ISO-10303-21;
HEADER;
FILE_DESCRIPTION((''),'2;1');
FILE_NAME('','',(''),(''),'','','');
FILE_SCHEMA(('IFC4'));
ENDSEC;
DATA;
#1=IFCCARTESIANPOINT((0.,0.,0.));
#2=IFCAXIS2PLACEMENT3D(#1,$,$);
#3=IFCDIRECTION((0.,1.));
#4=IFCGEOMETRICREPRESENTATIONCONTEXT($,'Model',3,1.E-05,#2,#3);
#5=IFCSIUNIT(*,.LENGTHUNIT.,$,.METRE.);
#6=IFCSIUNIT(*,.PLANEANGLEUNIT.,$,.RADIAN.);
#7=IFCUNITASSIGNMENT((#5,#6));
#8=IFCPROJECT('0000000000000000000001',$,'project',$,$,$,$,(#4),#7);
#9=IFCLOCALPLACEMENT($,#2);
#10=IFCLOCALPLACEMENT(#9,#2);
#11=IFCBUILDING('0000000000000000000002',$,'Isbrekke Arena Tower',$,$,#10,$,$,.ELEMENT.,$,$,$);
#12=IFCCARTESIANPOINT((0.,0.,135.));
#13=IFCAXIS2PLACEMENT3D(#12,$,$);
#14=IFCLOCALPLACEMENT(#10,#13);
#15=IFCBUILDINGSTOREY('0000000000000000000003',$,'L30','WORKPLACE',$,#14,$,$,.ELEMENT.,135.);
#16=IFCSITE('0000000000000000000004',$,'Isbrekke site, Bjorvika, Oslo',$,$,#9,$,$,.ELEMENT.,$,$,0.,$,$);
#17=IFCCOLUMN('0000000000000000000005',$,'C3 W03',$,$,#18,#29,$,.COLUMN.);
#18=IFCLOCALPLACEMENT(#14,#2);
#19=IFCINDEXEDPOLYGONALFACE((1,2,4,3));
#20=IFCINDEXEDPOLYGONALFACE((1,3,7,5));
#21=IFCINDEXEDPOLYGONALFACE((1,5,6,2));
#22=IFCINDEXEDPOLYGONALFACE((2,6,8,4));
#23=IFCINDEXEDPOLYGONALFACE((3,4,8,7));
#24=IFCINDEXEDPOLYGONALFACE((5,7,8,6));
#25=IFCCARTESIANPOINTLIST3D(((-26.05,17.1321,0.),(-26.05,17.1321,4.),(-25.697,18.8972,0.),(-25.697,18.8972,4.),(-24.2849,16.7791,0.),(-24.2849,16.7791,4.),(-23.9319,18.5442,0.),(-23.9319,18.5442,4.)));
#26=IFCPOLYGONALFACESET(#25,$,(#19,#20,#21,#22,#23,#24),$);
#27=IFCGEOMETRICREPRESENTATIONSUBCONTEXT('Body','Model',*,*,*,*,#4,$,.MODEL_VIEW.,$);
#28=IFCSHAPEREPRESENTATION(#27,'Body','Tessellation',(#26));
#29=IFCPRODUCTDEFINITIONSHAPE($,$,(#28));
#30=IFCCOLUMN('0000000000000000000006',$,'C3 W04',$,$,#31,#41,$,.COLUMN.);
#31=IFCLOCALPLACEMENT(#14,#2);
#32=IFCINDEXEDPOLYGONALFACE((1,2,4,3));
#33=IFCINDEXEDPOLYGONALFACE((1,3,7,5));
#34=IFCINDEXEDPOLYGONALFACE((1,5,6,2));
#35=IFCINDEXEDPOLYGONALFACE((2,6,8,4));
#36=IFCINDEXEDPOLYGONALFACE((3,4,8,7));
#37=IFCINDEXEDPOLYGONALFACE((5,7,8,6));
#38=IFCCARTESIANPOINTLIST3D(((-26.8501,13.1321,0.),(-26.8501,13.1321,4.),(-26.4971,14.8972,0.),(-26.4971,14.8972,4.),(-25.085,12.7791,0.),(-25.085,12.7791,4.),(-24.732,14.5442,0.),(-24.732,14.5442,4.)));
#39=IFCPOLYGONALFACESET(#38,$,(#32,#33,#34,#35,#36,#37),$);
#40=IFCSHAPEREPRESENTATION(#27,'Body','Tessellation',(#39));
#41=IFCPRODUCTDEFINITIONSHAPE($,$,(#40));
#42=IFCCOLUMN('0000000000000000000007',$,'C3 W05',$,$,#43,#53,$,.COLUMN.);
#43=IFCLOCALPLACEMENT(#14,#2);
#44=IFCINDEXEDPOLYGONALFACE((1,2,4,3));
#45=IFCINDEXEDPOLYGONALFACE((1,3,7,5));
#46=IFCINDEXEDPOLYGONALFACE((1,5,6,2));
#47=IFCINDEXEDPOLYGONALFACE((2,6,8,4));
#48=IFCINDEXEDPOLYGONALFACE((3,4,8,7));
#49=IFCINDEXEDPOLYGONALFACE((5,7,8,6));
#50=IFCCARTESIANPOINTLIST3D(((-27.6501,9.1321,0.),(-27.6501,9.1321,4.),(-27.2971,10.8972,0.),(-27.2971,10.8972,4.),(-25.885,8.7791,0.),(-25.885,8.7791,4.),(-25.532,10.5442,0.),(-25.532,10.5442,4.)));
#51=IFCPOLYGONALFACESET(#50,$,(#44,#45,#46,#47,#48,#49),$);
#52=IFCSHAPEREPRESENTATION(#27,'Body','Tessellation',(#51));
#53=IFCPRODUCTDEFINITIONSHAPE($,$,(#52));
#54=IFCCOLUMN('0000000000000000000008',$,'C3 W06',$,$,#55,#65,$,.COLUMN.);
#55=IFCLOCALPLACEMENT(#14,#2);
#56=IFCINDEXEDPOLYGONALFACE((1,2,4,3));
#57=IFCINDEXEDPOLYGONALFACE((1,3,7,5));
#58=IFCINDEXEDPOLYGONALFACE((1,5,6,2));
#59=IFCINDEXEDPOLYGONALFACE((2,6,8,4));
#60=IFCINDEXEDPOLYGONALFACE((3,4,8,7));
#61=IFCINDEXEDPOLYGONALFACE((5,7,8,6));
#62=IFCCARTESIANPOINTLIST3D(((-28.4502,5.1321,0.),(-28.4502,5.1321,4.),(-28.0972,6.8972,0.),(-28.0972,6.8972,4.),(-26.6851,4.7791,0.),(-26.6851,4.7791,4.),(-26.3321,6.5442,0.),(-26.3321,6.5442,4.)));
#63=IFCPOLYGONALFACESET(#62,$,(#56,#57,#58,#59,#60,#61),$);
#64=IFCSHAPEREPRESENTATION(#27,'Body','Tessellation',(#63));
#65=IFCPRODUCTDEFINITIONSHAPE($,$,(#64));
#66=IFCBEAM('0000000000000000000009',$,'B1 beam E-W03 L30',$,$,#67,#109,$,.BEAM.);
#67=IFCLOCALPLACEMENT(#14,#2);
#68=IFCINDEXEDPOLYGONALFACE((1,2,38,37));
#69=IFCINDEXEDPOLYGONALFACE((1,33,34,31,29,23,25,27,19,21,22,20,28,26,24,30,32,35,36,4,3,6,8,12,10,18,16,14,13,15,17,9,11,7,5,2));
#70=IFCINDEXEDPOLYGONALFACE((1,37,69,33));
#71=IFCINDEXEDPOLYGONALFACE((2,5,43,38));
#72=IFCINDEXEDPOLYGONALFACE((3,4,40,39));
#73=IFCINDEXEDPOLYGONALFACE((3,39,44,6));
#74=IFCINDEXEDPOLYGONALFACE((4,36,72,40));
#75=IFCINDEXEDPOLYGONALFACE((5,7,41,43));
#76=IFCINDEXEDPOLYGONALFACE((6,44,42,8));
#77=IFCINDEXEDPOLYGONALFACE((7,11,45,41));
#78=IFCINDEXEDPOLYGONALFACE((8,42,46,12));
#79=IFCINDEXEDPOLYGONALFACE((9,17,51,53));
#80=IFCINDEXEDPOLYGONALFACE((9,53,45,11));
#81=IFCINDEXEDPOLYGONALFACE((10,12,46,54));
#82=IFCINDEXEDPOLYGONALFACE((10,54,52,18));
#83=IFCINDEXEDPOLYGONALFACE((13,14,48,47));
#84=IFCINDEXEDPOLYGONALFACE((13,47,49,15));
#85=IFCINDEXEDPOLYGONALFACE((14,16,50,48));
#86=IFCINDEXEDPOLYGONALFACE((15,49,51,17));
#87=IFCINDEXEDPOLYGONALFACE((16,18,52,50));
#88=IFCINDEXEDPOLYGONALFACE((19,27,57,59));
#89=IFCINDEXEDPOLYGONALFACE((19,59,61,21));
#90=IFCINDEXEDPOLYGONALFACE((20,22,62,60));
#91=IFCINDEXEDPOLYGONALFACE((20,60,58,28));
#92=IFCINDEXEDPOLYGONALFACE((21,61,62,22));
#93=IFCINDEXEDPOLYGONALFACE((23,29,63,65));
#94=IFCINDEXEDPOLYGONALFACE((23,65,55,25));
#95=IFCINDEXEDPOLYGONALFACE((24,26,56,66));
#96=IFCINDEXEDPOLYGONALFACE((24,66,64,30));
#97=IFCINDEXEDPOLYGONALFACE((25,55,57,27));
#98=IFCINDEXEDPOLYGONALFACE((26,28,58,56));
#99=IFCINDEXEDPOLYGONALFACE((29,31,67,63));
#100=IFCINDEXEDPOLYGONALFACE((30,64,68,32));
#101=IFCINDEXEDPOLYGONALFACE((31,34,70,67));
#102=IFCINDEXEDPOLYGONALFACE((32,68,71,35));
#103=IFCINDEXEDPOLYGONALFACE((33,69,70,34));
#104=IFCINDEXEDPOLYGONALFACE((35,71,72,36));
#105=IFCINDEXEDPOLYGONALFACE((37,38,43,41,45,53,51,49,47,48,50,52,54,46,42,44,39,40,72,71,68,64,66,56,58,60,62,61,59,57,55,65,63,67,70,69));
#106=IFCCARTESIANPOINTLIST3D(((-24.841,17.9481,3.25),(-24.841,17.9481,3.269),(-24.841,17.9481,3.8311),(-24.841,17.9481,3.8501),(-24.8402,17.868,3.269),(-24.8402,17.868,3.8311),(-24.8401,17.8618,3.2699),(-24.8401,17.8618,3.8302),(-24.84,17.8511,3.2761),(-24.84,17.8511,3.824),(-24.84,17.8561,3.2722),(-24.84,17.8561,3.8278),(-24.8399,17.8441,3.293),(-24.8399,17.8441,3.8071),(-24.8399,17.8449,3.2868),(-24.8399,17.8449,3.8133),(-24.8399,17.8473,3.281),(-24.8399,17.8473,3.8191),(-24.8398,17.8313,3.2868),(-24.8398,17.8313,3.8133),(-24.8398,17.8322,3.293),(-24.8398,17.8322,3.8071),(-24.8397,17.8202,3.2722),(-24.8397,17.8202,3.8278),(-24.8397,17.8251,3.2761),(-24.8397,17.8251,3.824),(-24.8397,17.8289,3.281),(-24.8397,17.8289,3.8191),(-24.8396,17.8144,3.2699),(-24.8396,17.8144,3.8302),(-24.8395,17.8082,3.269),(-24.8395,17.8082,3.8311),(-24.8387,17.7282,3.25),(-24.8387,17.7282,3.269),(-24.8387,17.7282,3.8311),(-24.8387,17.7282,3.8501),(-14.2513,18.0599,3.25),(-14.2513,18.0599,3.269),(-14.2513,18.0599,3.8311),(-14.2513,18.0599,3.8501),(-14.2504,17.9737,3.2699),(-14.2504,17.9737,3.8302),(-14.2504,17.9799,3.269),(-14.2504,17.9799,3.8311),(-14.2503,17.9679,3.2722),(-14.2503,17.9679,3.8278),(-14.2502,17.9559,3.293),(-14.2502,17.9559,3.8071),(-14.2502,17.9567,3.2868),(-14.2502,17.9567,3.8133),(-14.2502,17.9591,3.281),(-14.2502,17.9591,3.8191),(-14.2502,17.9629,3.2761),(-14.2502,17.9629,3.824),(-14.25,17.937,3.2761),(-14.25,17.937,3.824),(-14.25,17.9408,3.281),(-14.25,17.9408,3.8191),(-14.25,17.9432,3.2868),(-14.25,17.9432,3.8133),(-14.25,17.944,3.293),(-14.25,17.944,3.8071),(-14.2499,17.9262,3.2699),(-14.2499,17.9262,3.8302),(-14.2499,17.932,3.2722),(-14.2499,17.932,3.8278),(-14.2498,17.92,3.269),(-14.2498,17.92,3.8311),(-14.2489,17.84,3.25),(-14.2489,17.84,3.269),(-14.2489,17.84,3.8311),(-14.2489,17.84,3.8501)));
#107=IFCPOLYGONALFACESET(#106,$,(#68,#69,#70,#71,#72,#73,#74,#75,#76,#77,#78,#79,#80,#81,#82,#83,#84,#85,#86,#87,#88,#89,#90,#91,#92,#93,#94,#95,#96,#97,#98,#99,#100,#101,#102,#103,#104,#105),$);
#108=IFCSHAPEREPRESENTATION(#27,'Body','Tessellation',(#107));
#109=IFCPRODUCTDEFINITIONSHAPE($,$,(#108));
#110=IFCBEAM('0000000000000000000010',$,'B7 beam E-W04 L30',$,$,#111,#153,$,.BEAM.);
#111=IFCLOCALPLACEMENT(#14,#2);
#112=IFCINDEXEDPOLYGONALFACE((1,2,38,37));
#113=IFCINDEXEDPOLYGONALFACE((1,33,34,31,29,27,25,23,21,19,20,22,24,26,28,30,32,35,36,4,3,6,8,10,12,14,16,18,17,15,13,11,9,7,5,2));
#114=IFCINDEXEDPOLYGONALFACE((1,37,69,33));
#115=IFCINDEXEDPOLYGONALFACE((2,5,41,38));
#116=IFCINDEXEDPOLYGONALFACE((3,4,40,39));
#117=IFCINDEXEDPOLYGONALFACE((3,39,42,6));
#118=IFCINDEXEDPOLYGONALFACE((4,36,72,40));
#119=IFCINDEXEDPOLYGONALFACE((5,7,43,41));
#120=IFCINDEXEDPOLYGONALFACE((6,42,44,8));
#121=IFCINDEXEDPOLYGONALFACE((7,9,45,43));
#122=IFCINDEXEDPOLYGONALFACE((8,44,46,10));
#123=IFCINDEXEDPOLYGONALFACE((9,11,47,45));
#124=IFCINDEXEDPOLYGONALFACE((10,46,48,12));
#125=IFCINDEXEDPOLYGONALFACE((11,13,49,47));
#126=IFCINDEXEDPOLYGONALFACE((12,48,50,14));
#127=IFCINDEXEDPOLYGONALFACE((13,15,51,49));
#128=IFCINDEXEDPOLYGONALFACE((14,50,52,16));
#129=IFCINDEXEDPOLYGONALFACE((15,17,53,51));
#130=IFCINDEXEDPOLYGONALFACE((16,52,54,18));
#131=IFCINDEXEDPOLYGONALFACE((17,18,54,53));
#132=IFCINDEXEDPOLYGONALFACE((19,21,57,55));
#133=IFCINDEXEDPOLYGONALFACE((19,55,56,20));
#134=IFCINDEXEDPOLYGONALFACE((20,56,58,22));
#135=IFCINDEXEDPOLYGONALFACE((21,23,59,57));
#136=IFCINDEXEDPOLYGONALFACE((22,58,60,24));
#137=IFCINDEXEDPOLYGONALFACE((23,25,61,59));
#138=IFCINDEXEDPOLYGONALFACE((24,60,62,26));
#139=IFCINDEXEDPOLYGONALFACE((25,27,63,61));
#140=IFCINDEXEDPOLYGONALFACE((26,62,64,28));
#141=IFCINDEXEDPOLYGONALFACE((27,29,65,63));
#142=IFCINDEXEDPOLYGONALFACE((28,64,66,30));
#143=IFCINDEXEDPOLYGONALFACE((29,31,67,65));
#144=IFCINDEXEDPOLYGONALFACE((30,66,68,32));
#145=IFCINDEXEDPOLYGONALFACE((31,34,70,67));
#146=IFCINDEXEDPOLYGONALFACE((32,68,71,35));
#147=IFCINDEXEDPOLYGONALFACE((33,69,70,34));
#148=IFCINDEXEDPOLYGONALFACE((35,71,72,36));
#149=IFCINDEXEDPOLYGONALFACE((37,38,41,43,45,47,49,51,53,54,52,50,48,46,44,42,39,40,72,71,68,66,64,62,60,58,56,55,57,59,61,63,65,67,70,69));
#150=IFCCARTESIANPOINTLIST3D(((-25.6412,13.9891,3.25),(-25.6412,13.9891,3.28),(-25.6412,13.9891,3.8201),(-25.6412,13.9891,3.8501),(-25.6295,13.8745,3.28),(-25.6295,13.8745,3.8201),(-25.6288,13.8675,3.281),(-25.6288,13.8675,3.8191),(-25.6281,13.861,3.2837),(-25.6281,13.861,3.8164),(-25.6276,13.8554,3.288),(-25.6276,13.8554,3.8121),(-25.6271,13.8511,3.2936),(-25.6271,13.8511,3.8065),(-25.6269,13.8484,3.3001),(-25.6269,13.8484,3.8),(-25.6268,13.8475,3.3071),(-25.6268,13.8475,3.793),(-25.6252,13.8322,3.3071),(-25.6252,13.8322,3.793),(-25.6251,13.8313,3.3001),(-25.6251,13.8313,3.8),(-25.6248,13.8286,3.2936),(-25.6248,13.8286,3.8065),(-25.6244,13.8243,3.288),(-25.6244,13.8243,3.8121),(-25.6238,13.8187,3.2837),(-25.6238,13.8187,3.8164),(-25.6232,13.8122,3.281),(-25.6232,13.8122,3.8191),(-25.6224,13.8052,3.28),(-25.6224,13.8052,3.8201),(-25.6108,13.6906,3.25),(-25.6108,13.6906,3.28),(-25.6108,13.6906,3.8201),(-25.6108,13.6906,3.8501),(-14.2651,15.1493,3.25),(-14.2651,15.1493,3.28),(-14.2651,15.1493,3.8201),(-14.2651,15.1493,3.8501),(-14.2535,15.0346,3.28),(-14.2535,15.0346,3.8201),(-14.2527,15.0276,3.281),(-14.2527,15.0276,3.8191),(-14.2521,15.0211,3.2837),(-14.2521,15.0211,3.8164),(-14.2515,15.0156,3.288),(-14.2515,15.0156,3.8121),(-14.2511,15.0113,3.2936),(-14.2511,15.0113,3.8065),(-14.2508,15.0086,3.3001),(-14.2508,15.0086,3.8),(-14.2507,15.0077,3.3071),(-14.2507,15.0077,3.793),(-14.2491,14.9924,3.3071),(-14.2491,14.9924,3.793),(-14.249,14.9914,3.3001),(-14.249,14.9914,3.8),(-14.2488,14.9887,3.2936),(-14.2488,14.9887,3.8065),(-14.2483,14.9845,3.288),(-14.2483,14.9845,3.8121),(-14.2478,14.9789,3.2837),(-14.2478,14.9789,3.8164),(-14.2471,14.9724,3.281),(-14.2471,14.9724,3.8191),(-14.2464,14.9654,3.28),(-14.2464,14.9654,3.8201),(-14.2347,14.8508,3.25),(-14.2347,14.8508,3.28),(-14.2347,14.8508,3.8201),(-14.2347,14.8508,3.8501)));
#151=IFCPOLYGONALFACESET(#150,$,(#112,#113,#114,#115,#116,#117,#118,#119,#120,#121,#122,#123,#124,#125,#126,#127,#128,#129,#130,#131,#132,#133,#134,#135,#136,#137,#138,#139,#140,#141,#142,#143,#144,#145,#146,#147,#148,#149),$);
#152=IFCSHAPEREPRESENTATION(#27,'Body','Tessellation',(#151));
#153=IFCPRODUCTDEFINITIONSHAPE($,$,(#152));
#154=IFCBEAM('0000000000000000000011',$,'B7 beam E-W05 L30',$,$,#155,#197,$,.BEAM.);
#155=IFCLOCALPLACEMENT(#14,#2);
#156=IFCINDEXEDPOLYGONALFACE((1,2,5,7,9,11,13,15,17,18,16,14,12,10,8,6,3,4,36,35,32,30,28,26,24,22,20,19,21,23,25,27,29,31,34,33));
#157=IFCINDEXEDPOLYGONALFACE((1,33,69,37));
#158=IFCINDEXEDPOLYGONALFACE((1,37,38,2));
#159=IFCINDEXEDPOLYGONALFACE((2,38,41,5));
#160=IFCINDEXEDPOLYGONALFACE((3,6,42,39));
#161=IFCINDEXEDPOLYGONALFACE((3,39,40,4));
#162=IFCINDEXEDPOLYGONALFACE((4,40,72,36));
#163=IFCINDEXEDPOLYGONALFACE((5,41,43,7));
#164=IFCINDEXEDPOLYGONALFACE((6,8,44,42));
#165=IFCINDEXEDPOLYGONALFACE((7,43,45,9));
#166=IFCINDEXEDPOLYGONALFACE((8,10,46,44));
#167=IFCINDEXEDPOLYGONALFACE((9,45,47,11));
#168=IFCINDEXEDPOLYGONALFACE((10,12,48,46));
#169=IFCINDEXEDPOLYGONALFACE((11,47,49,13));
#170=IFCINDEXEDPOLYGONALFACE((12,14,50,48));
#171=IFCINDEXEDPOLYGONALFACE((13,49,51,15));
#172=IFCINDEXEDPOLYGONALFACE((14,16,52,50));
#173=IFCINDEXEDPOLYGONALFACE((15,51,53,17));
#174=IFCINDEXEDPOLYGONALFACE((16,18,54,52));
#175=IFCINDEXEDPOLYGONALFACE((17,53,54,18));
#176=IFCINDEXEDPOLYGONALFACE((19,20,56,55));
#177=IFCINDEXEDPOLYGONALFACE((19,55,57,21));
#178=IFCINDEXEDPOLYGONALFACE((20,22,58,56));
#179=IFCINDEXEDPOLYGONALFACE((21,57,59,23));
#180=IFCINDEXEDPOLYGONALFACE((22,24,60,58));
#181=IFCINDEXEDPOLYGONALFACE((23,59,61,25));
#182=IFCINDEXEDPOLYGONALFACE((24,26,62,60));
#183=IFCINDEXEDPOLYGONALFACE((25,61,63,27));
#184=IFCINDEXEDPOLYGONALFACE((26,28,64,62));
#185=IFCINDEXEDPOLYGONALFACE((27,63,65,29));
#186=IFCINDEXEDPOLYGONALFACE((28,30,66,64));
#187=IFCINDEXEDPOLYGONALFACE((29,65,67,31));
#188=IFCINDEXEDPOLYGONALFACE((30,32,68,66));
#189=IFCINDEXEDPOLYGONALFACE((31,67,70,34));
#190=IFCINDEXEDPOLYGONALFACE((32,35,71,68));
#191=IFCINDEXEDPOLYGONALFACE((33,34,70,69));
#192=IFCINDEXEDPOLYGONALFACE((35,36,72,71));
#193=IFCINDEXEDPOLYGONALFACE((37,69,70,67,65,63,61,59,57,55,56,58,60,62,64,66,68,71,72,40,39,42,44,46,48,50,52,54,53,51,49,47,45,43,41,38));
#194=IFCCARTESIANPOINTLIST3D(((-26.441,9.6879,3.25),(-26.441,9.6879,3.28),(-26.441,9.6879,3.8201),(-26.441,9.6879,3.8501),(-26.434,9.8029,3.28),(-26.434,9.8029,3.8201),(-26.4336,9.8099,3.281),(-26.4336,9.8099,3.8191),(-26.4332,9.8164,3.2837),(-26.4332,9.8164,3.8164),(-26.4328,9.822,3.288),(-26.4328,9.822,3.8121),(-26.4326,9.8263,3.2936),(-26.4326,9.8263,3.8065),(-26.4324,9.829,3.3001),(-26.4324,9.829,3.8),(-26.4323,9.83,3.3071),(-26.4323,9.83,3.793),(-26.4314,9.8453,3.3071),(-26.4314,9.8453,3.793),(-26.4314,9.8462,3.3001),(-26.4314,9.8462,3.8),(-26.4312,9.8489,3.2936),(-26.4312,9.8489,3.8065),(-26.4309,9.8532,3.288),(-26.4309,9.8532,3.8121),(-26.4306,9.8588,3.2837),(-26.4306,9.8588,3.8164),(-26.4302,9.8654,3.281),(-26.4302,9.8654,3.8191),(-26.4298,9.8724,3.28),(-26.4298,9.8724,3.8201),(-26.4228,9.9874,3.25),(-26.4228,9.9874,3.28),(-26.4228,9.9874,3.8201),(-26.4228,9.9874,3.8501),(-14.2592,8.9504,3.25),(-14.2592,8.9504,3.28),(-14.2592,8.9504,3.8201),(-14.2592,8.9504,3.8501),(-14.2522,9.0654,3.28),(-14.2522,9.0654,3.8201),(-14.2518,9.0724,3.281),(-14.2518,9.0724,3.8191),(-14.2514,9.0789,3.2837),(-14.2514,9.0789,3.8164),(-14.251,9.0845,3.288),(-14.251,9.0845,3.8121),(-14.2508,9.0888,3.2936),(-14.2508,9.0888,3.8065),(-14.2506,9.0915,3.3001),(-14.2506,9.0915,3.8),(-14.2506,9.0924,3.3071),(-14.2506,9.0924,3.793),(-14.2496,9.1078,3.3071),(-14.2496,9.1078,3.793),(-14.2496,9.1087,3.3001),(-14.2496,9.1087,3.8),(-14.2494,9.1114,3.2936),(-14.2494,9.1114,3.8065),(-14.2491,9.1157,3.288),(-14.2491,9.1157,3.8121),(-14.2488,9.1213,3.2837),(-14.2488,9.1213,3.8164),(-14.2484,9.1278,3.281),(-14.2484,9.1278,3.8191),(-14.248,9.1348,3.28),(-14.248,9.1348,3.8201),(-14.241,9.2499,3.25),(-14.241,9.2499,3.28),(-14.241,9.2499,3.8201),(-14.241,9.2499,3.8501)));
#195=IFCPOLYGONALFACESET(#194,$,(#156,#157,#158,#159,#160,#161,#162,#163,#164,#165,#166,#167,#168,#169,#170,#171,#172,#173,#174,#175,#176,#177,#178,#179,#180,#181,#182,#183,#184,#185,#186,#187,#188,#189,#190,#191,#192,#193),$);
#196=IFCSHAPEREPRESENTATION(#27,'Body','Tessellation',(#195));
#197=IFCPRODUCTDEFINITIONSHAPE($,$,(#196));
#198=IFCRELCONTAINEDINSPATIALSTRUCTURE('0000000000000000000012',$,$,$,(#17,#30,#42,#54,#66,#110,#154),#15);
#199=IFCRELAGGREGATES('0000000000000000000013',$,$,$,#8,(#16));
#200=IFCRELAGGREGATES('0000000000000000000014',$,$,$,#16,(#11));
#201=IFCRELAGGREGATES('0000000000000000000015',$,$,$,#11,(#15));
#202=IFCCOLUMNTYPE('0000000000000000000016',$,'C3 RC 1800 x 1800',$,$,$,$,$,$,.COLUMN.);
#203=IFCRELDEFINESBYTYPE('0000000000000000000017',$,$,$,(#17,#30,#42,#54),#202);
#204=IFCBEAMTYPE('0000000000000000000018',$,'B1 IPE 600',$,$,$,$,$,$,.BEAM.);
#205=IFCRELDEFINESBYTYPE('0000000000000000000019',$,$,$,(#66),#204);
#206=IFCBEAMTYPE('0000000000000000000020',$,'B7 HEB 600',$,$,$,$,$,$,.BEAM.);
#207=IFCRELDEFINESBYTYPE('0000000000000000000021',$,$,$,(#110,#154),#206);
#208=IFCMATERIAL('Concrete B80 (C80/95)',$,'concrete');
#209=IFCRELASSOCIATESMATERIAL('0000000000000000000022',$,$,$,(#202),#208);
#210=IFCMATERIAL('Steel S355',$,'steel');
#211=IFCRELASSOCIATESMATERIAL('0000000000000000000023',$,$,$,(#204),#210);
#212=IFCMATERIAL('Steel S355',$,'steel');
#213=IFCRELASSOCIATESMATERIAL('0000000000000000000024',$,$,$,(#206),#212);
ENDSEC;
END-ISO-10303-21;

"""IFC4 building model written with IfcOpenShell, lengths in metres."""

from ifc_helpers import new_model, si_unit, direction, frame, origin, origin_2d, place, context, subcontext, project, spatial, rectangle, i_section, extrude, material, material_profile, profile_set, type_object, element, save


model = new_model("IFC4")

# Units and contexts
model_context = context("Model", 3, precision=1e-05, world=origin(), true_north=direction((0.0, 1.0)))
body_context = subcontext(model_context, "Body", "Model", "MODEL_VIEW")
ifc_project = project(units=[si_unit("LENGTHUNIT", "METRE"), si_unit("PLANEANGLEUNIT", "RADIAN")], contexts=[model_context])

# Site, building, storey
site_placement = place(None, origin())
site = spatial("IfcSite", under=ifc_project, at=site_placement, Name="Isbrekke site, Bjorvika, Oslo", CompositionType="ELEMENT", RefElevation=0.0)
building_placement = place(site_placement, origin())
building = spatial("IfcBuilding", under=site, at=building_placement, Name="Isbrekke Arena Tower", CompositionType="ELEMENT")
storey_placement = place(building_placement, frame((0.0, 0.0, 135.0)))
storey = spatial("IfcBuildingStorey", under=building, at=storey_placement, Name="L30", Description="WORKPLACE", CompositionType="ELEMENT", Elevation=135.0)

# Columns
ifc_material_1 = material(Name="Concrete B80 (C80/95)", Category="concrete")
ifc_material_profile_1 = material_profile(ifc_material_1, rectangle(XDim=1.8, YDim=1.8, at=origin_2d()), Name="RC 1800x1800")
ifc_profile_set_1 = profile_set([ifc_material_profile_1], Name="Concrete B80 (C80/95)")
column_type = type_object("IfcColumnType", Name="C3 RC 1800 x 1800", PredefinedType="COLUMN", material=ifc_profile_set_1)
for number, where, z_axis, x_axis, name in (
    (1, (-24.991, 17.8381, 0.0), (0.0, 0.0, 1.0), (-0.196116, -0.980581, 0.0), "C3 W03"),
    (2, (-25.791, 13.8381, 0.0), (0.0, 0.0, 1.0), (-0.196116, -0.980581, 0.0), "C3 W04"),
    (3, (-26.5911, 9.8381, 0.0), (0.0, 0.0, 1.0), (-0.196116, -0.980581, 0.0), "C3 W05"),
    (4, (-27.3911, 5.8381, 0.0), (0.0, 0.0, 1.0), (-0.196116, -0.980581, 0.0), "C3 W06"),
):
    element("IfcColumn", number, at=place(storey_placement, frame(where, z_axis=z_axis, x_axis=x_axis)), inside=storey, type_object=column_type, Name=name, PredefinedType="COLUMN", context=body_context, shape_type="SweptSolid", body=[
        extrude(rectangle(XDim=1.8, YDim=1.8, at=origin_2d()), origin(), (0.0, 0.0, 1.0), 4.0),
    ])

# Beams
ifc_material_2 = material(Name="Steel S355", Category="steel")
ifc_material_profile_2 = material_profile(ifc_material_2, i_section(OverallWidth=0.22, OverallDepth=0.6001, WebThickness=0.012, FlangeThickness=0.019, FilletRadius=0.0239, at=origin_2d()), Name="IPE 600")
ifc_profile_set_2 = profile_set([ifc_material_profile_2], Name="Steel S355")
beam_type_1 = type_object("IfcBeamType", Name="B1 IPE 600", PredefinedType="BEAM", material=ifc_profile_set_2)
beam_1_placement = place(storey_placement, frame((-24.8398, 17.8381, 3.55), z_axis=(0.999944, 0.010558, 0.0), x_axis=(-0.010558, 0.999944, 0.0)))
element("IfcBeam", 5, at=beam_1_placement, inside=storey, type_object=beam_type_1, Name="B1 beam E-W03 L30", PredefinedType="BEAM", context=body_context, shape_type="SweptSolid", body=[
    extrude(i_section(OverallWidth=0.22, OverallDepth=0.6001, WebThickness=0.012, FlangeThickness=0.019, FilletRadius=0.0239, at=origin_2d()), origin(), (0.0, 0.0, 1.0), 10.5903),
])
ifc_material_3 = material(Name="Steel S355", Category="steel")
ifc_material_profile_3 = material_profile(ifc_material_3, i_section(OverallWidth=0.3, OverallDepth=0.6001, WebThickness=0.0154, FlangeThickness=0.03, FilletRadius=0.0271, at=origin_2d()), Name="HEB 600")
ifc_profile_set_3 = profile_set([ifc_material_profile_3], Name="Steel S355")
beam_type_2 = type_object("IfcBeamType", Name="B7 HEB 600", PredefinedType="BEAM", material=ifc_profile_set_3)
beam_2_placement = place(storey_placement, frame((-25.626, 13.8398, 3.55), z_axis=(0.99484, 0.101457, 0.0), x_axis=(-0.101457, 0.99484, 0.0)))
element("IfcBeam", 6, at=beam_2_placement, inside=storey, type_object=beam_type_2, Name="B7 beam E-W04 L30", PredefinedType="BEAM", context=body_context, shape_type="SweptSolid", body=[
    extrude(i_section(OverallWidth=0.3, OverallDepth=0.6001, WebThickness=0.0154, FlangeThickness=0.03, FilletRadius=0.0271, at=origin_2d()), origin(), (0.0, 0.0, 1.0), 11.4351),
])
beam_3_placement = place(storey_placement, frame((-26.4319, 9.8376, 3.55), z_axis=(0.998172, -0.060434, 0.0), x_axis=(0.060434, 0.998172, 0.0)))
element("IfcBeam", 7, at=beam_3_placement, inside=storey, type_object=beam_type_2, Name="B7 beam E-W05 L30", PredefinedType="BEAM", context=body_context, shape_type="SweptSolid", body=[
    extrude(i_section(OverallWidth=0.3, OverallDepth=0.6001, WebThickness=0.0154, FlangeThickness=0.03, FilletRadius=0.0271, at=origin_2d()), origin(), (0.0, 0.0, 1.0), 12.2041),
])

save(model, "model.ifc")
